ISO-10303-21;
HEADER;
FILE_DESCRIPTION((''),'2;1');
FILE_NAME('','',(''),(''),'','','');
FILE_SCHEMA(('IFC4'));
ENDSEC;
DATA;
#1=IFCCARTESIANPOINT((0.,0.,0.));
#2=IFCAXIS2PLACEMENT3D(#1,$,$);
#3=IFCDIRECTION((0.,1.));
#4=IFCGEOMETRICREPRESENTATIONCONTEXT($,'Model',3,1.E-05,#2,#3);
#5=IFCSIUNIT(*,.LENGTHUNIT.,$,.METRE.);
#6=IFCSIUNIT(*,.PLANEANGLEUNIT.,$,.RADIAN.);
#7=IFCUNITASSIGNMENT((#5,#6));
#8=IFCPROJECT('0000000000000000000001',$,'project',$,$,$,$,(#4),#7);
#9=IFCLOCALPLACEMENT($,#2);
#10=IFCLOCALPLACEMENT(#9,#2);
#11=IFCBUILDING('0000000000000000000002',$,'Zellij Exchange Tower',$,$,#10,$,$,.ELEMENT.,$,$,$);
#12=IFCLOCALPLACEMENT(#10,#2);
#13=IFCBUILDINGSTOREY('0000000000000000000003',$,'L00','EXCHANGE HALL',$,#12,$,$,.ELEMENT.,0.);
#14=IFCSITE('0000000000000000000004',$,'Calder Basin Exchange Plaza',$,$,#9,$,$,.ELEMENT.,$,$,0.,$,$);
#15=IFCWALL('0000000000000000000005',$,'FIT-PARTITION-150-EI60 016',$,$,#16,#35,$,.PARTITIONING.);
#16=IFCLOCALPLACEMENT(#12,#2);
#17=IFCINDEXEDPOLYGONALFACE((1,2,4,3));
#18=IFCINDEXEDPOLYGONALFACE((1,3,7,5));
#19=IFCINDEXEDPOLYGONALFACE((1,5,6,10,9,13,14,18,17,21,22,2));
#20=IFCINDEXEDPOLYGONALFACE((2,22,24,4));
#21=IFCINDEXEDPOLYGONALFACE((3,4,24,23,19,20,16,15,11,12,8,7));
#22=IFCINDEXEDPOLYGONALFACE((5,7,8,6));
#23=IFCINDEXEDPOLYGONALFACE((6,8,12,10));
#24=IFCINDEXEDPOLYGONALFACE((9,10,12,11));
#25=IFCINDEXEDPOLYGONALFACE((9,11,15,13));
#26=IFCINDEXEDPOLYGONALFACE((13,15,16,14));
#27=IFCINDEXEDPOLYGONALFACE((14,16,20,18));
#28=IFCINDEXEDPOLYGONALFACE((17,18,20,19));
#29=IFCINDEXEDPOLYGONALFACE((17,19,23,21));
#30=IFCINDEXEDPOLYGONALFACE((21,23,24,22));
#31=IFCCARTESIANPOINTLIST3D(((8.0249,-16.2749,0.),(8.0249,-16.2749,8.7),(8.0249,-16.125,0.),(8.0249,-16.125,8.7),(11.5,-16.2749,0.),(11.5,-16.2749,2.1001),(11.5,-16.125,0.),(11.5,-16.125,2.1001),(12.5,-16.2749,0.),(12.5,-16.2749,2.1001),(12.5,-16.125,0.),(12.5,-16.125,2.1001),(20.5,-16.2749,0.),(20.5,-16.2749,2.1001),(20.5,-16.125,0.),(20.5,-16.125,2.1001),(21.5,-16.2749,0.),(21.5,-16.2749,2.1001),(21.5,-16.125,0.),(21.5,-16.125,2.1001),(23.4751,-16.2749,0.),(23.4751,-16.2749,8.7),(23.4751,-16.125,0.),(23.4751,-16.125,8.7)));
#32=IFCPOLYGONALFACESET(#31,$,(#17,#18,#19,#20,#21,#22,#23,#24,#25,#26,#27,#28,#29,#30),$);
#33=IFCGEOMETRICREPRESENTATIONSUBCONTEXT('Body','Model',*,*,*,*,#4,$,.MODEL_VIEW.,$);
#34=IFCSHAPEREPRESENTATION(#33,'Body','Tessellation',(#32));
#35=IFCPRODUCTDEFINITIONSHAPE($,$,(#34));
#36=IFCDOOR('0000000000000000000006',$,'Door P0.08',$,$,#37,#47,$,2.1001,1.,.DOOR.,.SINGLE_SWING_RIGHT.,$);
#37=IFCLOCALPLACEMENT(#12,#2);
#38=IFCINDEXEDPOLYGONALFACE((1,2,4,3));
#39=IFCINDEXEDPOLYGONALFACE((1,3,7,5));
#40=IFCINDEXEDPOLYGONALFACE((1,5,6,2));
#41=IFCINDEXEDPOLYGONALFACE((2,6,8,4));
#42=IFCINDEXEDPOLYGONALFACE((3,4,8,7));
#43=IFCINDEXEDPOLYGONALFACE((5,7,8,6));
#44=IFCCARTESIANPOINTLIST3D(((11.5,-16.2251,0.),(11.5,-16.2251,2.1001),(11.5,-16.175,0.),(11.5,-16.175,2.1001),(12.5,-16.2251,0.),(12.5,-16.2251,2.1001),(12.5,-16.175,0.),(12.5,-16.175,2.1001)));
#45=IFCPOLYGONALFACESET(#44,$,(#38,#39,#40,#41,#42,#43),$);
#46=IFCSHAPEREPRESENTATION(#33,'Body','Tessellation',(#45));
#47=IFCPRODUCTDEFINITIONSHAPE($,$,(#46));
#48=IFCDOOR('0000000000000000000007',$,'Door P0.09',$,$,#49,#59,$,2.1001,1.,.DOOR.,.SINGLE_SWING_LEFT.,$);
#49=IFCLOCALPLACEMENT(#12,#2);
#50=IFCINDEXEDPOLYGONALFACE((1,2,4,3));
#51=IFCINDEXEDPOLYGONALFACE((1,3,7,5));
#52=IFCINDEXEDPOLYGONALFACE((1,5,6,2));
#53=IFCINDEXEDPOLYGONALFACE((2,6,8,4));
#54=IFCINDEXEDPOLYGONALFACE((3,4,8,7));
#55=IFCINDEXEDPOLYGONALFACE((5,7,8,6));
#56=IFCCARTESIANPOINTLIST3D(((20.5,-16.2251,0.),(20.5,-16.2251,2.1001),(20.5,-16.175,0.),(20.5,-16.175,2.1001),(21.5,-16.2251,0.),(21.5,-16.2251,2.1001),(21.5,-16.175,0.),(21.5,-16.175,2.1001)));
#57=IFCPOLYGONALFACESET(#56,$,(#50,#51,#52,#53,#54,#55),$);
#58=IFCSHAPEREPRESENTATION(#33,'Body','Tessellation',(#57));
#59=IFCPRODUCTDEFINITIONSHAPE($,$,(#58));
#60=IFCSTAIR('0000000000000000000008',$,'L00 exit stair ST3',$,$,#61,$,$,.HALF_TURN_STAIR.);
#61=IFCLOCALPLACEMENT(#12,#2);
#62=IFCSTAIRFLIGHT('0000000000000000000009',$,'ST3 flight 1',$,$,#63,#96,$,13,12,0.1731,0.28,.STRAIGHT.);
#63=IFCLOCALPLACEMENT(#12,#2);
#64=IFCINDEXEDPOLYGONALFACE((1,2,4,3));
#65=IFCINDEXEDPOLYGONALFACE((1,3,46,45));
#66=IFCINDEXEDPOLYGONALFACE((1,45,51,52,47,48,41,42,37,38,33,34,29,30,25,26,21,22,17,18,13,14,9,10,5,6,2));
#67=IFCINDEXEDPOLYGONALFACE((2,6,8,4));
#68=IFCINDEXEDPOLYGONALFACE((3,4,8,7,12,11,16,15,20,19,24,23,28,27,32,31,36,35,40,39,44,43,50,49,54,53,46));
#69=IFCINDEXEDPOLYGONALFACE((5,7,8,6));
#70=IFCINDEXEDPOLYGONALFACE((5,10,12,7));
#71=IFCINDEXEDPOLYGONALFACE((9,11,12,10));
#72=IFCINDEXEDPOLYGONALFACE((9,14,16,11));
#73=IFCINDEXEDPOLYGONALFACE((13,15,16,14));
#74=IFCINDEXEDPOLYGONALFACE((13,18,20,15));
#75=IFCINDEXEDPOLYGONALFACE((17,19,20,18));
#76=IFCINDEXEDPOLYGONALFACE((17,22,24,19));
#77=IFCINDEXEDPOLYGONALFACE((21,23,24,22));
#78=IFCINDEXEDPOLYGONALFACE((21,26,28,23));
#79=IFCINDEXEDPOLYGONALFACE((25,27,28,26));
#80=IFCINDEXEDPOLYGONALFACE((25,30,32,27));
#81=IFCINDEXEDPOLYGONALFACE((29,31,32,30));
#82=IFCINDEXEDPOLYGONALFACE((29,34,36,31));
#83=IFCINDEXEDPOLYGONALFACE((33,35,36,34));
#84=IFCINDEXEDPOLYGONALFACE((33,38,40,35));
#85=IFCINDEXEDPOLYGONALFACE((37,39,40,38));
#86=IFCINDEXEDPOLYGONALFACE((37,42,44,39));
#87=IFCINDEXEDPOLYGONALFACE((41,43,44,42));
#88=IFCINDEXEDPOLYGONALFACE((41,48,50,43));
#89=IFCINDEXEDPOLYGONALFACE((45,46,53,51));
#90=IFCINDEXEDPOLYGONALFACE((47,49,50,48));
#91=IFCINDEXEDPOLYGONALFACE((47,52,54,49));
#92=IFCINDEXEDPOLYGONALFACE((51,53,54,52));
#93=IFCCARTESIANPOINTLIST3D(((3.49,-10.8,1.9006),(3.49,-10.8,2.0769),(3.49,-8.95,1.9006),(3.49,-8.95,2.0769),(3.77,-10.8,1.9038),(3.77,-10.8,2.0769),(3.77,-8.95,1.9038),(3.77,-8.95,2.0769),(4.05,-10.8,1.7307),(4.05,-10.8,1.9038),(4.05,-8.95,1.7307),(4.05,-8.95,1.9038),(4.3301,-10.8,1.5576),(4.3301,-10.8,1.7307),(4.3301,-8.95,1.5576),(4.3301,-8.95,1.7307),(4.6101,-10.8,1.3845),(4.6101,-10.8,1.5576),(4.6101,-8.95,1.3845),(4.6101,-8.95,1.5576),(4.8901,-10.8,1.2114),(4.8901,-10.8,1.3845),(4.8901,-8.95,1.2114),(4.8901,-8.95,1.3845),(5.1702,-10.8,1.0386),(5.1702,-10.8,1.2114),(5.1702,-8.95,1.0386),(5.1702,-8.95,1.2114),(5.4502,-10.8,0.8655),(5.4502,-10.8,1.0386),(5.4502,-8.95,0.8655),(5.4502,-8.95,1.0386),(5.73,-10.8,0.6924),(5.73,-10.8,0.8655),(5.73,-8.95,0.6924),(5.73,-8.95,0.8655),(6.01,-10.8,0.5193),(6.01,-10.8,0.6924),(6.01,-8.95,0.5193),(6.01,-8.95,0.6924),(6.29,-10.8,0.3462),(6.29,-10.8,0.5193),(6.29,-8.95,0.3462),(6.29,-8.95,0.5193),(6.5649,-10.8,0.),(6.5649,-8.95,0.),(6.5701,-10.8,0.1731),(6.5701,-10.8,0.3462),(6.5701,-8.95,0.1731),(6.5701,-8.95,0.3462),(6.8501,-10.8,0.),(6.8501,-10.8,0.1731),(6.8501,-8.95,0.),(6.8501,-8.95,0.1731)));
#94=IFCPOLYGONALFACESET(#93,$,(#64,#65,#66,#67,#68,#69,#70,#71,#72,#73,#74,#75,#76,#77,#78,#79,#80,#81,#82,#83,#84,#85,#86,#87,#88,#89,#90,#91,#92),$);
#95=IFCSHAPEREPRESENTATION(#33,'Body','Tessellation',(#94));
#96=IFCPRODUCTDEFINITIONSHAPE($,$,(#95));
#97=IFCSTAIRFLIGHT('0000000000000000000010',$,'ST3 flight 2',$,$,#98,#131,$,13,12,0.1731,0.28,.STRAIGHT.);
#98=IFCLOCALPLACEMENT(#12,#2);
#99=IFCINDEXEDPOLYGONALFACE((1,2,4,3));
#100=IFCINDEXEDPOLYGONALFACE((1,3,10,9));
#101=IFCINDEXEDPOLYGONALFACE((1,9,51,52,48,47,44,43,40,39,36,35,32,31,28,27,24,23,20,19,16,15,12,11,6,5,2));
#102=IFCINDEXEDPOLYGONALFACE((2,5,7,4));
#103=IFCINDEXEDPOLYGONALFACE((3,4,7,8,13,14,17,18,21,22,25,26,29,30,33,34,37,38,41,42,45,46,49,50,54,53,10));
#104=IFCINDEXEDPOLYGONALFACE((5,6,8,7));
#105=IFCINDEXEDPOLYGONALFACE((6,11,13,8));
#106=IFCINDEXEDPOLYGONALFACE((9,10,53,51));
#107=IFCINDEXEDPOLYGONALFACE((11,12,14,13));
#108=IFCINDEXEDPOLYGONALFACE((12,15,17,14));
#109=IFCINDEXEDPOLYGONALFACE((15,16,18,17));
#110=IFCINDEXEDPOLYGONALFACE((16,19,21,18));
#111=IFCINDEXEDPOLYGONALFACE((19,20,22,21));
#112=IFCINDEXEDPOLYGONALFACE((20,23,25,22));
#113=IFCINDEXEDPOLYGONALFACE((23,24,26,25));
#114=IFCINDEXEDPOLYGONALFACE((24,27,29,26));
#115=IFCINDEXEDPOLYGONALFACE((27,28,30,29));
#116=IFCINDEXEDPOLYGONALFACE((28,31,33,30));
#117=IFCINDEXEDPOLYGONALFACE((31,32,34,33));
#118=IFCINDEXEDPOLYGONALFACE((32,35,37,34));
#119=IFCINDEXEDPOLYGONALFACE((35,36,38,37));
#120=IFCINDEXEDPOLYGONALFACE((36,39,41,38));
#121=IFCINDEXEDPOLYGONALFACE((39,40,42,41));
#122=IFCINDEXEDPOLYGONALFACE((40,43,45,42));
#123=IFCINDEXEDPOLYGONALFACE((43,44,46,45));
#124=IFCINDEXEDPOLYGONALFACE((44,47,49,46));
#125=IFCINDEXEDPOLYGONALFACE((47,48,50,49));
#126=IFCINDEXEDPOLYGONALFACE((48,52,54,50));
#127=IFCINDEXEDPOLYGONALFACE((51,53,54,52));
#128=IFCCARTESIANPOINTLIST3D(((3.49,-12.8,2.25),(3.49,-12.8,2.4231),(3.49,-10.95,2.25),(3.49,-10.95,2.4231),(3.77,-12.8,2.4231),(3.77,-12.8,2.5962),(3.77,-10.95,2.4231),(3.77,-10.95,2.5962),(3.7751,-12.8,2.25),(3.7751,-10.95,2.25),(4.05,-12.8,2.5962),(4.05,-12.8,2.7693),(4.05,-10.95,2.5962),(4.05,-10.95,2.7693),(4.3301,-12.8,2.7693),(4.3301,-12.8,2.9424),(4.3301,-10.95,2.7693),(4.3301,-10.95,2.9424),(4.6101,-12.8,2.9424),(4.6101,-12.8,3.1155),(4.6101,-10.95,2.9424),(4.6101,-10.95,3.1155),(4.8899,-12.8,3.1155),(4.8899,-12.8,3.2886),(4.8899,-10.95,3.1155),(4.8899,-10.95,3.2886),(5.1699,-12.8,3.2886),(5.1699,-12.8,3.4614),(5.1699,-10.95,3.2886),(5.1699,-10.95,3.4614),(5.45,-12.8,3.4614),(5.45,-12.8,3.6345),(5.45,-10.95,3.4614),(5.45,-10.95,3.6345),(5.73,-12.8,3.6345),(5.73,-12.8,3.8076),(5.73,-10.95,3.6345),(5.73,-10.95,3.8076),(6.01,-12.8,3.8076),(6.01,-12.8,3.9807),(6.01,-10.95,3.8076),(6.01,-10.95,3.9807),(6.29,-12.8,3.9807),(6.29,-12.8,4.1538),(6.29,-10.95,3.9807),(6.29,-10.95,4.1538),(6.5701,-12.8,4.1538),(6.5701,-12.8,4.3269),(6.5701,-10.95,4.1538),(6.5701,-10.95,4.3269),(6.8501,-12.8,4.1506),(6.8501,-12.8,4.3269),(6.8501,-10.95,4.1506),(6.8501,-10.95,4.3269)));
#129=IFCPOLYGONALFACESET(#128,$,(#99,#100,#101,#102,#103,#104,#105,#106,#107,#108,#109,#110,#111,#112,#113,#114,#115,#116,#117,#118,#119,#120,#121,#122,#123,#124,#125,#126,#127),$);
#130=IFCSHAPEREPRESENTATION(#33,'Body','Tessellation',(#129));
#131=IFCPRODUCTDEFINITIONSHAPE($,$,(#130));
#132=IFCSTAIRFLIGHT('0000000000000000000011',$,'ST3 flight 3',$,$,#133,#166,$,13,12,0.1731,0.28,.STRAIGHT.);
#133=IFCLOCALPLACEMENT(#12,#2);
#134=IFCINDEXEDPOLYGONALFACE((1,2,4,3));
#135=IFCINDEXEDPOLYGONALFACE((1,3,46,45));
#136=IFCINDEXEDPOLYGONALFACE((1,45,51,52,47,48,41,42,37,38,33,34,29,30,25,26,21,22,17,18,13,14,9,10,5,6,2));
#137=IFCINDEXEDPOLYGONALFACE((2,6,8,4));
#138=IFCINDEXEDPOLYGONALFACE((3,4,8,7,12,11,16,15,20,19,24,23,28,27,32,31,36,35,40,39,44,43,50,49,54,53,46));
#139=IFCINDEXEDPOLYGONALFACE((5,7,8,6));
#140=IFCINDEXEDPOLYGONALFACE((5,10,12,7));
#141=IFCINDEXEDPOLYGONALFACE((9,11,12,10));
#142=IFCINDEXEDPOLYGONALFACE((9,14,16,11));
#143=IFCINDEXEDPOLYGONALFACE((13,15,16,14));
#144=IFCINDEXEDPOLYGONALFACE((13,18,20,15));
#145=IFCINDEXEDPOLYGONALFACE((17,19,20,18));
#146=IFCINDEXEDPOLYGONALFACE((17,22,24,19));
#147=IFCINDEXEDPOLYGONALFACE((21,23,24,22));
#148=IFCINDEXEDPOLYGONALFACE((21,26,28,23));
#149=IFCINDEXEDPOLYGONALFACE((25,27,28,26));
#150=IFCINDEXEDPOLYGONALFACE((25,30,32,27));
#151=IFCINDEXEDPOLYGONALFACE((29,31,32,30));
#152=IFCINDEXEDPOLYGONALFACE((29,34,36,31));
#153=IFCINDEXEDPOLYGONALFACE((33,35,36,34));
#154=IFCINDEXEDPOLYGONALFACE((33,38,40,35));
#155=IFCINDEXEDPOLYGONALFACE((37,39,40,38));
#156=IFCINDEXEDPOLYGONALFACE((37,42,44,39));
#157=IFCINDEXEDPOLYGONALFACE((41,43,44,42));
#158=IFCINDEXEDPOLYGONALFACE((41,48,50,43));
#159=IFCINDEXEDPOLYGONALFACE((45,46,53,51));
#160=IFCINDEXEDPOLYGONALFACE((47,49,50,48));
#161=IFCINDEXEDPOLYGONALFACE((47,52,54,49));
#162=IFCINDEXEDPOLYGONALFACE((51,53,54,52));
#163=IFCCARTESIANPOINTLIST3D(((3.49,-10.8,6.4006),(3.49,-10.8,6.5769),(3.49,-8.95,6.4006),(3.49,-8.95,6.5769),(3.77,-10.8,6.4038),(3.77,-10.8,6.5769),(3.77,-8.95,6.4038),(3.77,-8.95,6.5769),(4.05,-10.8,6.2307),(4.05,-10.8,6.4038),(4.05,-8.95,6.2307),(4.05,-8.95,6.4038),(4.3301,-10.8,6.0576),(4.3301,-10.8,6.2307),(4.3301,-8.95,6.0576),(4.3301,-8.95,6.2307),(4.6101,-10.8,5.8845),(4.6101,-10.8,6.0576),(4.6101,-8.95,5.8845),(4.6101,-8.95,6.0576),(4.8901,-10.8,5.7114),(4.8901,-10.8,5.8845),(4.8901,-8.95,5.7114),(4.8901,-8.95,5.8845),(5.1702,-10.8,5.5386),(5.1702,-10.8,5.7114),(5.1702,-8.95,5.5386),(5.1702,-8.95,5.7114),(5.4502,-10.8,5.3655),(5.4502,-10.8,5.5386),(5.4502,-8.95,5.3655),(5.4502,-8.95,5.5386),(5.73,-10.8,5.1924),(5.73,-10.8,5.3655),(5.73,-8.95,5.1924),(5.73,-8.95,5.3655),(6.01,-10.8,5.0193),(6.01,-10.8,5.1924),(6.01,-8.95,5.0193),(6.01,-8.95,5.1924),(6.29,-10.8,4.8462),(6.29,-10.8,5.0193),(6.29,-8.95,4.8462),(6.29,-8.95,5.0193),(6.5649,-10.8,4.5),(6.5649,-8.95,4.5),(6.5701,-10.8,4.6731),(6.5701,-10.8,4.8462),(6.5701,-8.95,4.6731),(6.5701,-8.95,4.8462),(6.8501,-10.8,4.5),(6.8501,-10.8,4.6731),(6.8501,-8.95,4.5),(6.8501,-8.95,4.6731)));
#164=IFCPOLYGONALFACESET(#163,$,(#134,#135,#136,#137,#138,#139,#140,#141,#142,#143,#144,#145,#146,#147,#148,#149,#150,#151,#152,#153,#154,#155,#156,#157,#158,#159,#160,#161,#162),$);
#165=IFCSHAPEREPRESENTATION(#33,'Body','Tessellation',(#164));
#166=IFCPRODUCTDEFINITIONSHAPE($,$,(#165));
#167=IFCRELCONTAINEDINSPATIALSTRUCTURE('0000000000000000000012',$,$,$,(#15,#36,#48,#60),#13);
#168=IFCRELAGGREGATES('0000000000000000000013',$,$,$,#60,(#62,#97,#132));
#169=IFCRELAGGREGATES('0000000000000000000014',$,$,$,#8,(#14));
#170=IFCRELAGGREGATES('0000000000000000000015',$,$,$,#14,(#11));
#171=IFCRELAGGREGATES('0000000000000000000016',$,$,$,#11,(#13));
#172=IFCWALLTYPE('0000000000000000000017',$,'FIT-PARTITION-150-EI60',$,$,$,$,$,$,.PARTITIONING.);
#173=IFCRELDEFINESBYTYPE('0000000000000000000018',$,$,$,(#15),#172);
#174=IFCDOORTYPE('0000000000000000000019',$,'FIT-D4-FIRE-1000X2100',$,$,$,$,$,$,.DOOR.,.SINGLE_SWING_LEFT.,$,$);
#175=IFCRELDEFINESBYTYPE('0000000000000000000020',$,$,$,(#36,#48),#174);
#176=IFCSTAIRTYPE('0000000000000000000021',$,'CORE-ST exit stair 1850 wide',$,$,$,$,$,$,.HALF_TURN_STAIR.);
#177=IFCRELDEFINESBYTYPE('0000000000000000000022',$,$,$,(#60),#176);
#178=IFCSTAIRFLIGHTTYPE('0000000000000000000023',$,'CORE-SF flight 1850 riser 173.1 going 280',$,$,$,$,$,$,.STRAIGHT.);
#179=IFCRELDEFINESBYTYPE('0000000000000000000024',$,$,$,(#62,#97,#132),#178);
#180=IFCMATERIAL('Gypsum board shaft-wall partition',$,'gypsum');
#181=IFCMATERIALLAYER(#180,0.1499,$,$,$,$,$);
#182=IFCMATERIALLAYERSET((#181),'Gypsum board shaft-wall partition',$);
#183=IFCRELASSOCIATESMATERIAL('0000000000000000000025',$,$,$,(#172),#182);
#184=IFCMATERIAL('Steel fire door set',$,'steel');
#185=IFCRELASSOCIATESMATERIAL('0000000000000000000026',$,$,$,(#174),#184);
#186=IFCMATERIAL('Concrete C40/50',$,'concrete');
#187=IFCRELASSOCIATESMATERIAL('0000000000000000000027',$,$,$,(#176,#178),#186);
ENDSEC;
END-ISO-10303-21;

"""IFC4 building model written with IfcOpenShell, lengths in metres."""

from ifc_helpers import new_model, si_unit, direction, frame, frame_2d, origin, place, context, subcontext, project, spatial, polyline, rectangle, outline, extrude, material, layer, layer_set, type_object, element, fill, aggregate, save


model = new_model("IFC4")

# Units and contexts
model_context = context("Model", 3, precision=1e-05, world=origin(), true_north=direction((0.0, 1.0)))
body_context = subcontext(model_context, "Body", "Model", "MODEL_VIEW")
ifc_project = project(units=[si_unit("LENGTHUNIT", "METRE"), si_unit("PLANEANGLEUNIT", "RADIAN")], contexts=[model_context])

# Site, building, storey
site_placement = place(None, origin())
site = spatial("IfcSite", under=ifc_project, at=site_placement, Name="Calder Basin Exchange Plaza", CompositionType="ELEMENT", RefElevation=0.0)
building_placement = place(site_placement, origin())
building = spatial("IfcBuilding", under=site, at=building_placement, Name="Zellij Exchange Tower", CompositionType="ELEMENT")
storey_placement = place(building_placement, origin())
storey = spatial("IfcBuildingStorey", under=building, at=storey_placement, Name="L00", Description="EXCHANGE HALL", CompositionType="ELEMENT", Elevation=0.0)

# Shared definitions
ifc_material_1 = material(Name="Concrete C40/50", Category="concrete")

# Shared definitions
ifc_material_2 = material(Name="Gypsum board shaft-wall partition", Category="gypsum")
ifc_layer_1 = layer(ifc_material_2, 0.1499)
ifc_layer_set_1 = layer_set([ifc_layer_1], Name="Gypsum board shaft-wall partition")
wall_type_1 = type_object("IfcWallType", Name="FIT-PARTITION-150-EI60", PredefinedType="PARTITIONING", material=ifc_layer_set_1)

# Wall, openings, doors
wall_1_placement = place(storey_placement, frame((8.0249, -16.2, 0.0), z_axis=(0.0, 0.0, 1.0), x_axis=(1.0, 0.0, 0.0)))
wall_1 = element("IfcWall", 1, at=wall_1_placement, inside=storey, type_object=wall_type_1, Name="FIT-PARTITION-150-EI60 016", PredefinedType="PARTITIONING", context=body_context, shape_type="SweptSolid", body=[
    extrude(rectangle(XDim=15.4502, YDim=0.1499, at=frame_2d((7.7251, 0.0))), origin(), (0.0, 0.0, 1.0), 8.7),
])
opening_1_placement = place(wall_1_placement, frame((3.4751, 0.0, 0.0)))
opening_1 = element("IfcOpeningElement", 2, at=opening_1_placement, cuts=wall_1, PredefinedType="OPENING", context=body_context, shape_type="SweptSolid", body=[
    extrude(rectangle(XDim=1.0, YDim=2.1001, at=frame_2d((0.5, 1.05))), frame((0.0, 0.0869, 0.0), z_axis=(0.0, -1.0, 0.0), x_axis=(1.0, 0.0, 0.0)), (0.0, 0.0, 1.0), 0.1738),
])
opening_2_placement = place(wall_1_placement, frame((12.4751, 0.0, 0.0)))
opening_2 = element("IfcOpeningElement", 3, at=opening_2_placement, cuts=wall_1, PredefinedType="OPENING", context=body_context, shape_type="SweptSolid", body=[
    extrude(rectangle(XDim=1.0, YDim=2.1001, at=frame_2d((0.5, 1.05))), frame((0.0, 0.0869, 0.0), z_axis=(0.0, -1.0, 0.0), x_axis=(1.0, 0.0, 0.0)), (0.0, 0.0, 1.0), 0.1738),
])
ifc_material_3 = material(Name="Steel fire door set", Category="steel")
door_type_1 = type_object("IfcDoorType", Name="FIT-D4-FIRE-1000X2100", OperationType="SINGLE_SWING_LEFT", PredefinedType="DOOR", material=ifc_material_3)
door_1_placement = place(opening_1_placement, origin())
door_1 = element("IfcDoor", 4, at=door_1_placement, inside=storey, type_object=door_type_1, Name="Door P0.08", OperationType="SINGLE_SWING_RIGHT", OverallHeight=2.1001, OverallWidth=1.0, PredefinedType="DOOR", context=body_context, shape_type="SweptSolid", body=[
    extrude(rectangle(XDim=1.0, YDim=2.1001, at=frame_2d((0.5, 1.05))), frame((0.0, 0.0249, 0.0), z_axis=(0.0, -1.0, 0.0), x_axis=(1.0, 0.0, 0.0)), (0.0, 0.0, 1.0), 0.05),
])
fill(opening_1, door_1)
door_2_placement = place(opening_2_placement, origin())
door_2 = element("IfcDoor", 5, at=door_2_placement, inside=storey, type_object=door_type_1, Name="Door P0.09", OperationType="SINGLE_SWING_LEFT", OverallHeight=2.1001, OverallWidth=1.0, PredefinedType="DOOR", context=body_context, shape_type="SweptSolid", body=[
    extrude(rectangle(XDim=1.0, YDim=2.1001, at=frame_2d((0.5, 1.05))), frame((0.0, 0.0249, 0.0), z_axis=(0.0, -1.0, 0.0), x_axis=(1.0, 0.0, 0.0)), (0.0, 0.0, 1.0), 0.05),
])
fill(opening_2, door_2)

# Stair, stair flights
stair_type = type_object("IfcStairType", Name="CORE-ST exit stair 1850 wide", PredefinedType="HALF_TURN_STAIR", material=ifc_material_1)
stair_1_placement = place(storey_placement, origin())
stair_1 = element("IfcStair", 6, at=stair_1_placement, inside=storey, type_object=stair_type, Name="L00 exit stair ST3", PredefinedType="HALF_TURN_STAIR")
stair_flight_type = type_object("IfcStairFlightType", Name="CORE-SF flight 1850 riser 173.1 going 280", PredefinedType="STRAIGHT", material=ifc_material_1)
stair_flight_1_placement = place(storey_placement, frame((6.8501, -9.875, 0.0), z_axis=(0.0, 0.0, 1.0), x_axis=(-1.0, 0.0, 0.0)))
stair_flight_1 = element("IfcStairFlight", 7, at=stair_flight_1_placement, type_object=stair_flight_type, Name="ST3 flight 1", NumberOfRisers=13, NumberOfTreads=12, PredefinedType="STRAIGHT", RiserHeight=0.1731, TreadLength=0.28, context=body_context, shape_type="SweptSolid", body=[
    extrude(outline(polyline([(0.0, 0.0), (0.0, 0.1731), (0.28, 0.1731), (0.28, 0.3462), (0.5601, 0.3462), (0.5601, 0.5193), (0.8401, 0.5193), (0.8401, 0.6924), (1.1201, 0.6924), (1.1201, 0.8655), (1.3999, 0.8655), (1.3999, 1.0386), (1.6799, 1.0386), (1.6799, 1.2114), (1.96, 1.2114), (1.96, 1.3845), (2.24, 1.3845), (2.24, 1.5576), (2.52, 1.5576), (2.52, 1.7307), (2.8, 1.7307), (2.8, 1.9038), (3.0801, 1.9038), (3.0801, 2.0769), (3.3601, 2.0769), (3.3601, 2.25), (3.3601, 1.9006), (0.2852, 0.0), (0.0, 0.0)])), frame((0.0, 0.925, 0.0), z_axis=(0.0, -1.0, 0.0), x_axis=(1.0, 0.0, 0.0)), (0.0, 0.0, 1.0), 1.8501),
])
stair_flight_2_placement = place(storey_placement, frame((3.49, -11.875, 2.25), z_axis=(0.0, 0.0, 1.0), x_axis=(1.0, 0.0, 0.0)))
stair_flight_2 = element("IfcStairFlight", 8, at=stair_flight_2_placement, type_object=stair_flight_type, Name="ST3 flight 2", NumberOfRisers=13, NumberOfTreads=12, PredefinedType="STRAIGHT", RiserHeight=0.1731, TreadLength=0.28, context=body_context, shape_type="SweptSolid", body=[
    extrude(outline(polyline([(0.0, 0.0), (0.0, 0.1731), (0.28, 0.1731), (0.28, 0.3462), (0.5601, 0.3462), (0.5601, 0.5193), (0.8401, 0.5193), (0.8401, 0.6924), (1.1201, 0.6924), (1.1201, 0.8655), (1.3999, 0.8655), (1.3999, 1.0386), (1.6799, 1.0386), (1.6799, 1.2114), (1.96, 1.2114), (1.96, 1.3845), (2.24, 1.3845), (2.24, 1.5576), (2.52, 1.5576), (2.52, 1.7307), (2.8, 1.7307), (2.8, 1.9038), (3.0801, 1.9038), (3.0801, 2.0769), (3.3601, 2.0769), (3.3601, 2.25), (3.3601, 1.9006), (0.2852, 0.0), (0.0, 0.0)])), frame((0.0, 0.925, 0.0), z_axis=(0.0, -1.0, 0.0), x_axis=(1.0, 0.0, 0.0)), (0.0, 0.0, 1.0), 1.8501),
])
stair_flight_3_placement = place(storey_placement, frame((6.8501, -9.875, 4.5), z_axis=(0.0, 0.0, 1.0), x_axis=(-1.0, 0.0, 0.0)))
stair_flight_3 = element("IfcStairFlight", 9, at=stair_flight_3_placement, type_object=stair_flight_type, Name="ST3 flight 3", NumberOfRisers=13, NumberOfTreads=12, PredefinedType="STRAIGHT", RiserHeight=0.1731, TreadLength=0.28, context=body_context, shape_type="SweptSolid", body=[
    extrude(outline(polyline([(0.0, 0.0), (0.0, 0.1731), (0.28, 0.1731), (0.28, 0.3462), (0.5601, 0.3462), (0.5601, 0.5193), (0.8401, 0.5193), (0.8401, 0.6924), (1.1201, 0.6924), (1.1201, 0.8655), (1.3999, 0.8655), (1.3999, 1.0386), (1.6799, 1.0386), (1.6799, 1.2114), (1.96, 1.2114), (1.96, 1.3845), (2.24, 1.3845), (2.24, 1.5576), (2.52, 1.5576), (2.52, 1.7307), (2.8, 1.7307), (2.8, 1.9038), (3.0801, 1.9038), (3.0801, 2.0769), (3.3601, 2.0769), (3.3601, 2.25), (3.3601, 1.9006), (0.2852, 0.0), (0.0, 0.0)])), frame((0.0, 0.925, 0.0), z_axis=(0.0, -1.0, 0.0), x_axis=(1.0, 0.0, 0.0)), (0.0, 0.0, 1.0), 1.8501),
])
aggregate(stair_1, [stair_flight_1, stair_flight_2, stair_flight_3])

save(model, "model.ifc")
